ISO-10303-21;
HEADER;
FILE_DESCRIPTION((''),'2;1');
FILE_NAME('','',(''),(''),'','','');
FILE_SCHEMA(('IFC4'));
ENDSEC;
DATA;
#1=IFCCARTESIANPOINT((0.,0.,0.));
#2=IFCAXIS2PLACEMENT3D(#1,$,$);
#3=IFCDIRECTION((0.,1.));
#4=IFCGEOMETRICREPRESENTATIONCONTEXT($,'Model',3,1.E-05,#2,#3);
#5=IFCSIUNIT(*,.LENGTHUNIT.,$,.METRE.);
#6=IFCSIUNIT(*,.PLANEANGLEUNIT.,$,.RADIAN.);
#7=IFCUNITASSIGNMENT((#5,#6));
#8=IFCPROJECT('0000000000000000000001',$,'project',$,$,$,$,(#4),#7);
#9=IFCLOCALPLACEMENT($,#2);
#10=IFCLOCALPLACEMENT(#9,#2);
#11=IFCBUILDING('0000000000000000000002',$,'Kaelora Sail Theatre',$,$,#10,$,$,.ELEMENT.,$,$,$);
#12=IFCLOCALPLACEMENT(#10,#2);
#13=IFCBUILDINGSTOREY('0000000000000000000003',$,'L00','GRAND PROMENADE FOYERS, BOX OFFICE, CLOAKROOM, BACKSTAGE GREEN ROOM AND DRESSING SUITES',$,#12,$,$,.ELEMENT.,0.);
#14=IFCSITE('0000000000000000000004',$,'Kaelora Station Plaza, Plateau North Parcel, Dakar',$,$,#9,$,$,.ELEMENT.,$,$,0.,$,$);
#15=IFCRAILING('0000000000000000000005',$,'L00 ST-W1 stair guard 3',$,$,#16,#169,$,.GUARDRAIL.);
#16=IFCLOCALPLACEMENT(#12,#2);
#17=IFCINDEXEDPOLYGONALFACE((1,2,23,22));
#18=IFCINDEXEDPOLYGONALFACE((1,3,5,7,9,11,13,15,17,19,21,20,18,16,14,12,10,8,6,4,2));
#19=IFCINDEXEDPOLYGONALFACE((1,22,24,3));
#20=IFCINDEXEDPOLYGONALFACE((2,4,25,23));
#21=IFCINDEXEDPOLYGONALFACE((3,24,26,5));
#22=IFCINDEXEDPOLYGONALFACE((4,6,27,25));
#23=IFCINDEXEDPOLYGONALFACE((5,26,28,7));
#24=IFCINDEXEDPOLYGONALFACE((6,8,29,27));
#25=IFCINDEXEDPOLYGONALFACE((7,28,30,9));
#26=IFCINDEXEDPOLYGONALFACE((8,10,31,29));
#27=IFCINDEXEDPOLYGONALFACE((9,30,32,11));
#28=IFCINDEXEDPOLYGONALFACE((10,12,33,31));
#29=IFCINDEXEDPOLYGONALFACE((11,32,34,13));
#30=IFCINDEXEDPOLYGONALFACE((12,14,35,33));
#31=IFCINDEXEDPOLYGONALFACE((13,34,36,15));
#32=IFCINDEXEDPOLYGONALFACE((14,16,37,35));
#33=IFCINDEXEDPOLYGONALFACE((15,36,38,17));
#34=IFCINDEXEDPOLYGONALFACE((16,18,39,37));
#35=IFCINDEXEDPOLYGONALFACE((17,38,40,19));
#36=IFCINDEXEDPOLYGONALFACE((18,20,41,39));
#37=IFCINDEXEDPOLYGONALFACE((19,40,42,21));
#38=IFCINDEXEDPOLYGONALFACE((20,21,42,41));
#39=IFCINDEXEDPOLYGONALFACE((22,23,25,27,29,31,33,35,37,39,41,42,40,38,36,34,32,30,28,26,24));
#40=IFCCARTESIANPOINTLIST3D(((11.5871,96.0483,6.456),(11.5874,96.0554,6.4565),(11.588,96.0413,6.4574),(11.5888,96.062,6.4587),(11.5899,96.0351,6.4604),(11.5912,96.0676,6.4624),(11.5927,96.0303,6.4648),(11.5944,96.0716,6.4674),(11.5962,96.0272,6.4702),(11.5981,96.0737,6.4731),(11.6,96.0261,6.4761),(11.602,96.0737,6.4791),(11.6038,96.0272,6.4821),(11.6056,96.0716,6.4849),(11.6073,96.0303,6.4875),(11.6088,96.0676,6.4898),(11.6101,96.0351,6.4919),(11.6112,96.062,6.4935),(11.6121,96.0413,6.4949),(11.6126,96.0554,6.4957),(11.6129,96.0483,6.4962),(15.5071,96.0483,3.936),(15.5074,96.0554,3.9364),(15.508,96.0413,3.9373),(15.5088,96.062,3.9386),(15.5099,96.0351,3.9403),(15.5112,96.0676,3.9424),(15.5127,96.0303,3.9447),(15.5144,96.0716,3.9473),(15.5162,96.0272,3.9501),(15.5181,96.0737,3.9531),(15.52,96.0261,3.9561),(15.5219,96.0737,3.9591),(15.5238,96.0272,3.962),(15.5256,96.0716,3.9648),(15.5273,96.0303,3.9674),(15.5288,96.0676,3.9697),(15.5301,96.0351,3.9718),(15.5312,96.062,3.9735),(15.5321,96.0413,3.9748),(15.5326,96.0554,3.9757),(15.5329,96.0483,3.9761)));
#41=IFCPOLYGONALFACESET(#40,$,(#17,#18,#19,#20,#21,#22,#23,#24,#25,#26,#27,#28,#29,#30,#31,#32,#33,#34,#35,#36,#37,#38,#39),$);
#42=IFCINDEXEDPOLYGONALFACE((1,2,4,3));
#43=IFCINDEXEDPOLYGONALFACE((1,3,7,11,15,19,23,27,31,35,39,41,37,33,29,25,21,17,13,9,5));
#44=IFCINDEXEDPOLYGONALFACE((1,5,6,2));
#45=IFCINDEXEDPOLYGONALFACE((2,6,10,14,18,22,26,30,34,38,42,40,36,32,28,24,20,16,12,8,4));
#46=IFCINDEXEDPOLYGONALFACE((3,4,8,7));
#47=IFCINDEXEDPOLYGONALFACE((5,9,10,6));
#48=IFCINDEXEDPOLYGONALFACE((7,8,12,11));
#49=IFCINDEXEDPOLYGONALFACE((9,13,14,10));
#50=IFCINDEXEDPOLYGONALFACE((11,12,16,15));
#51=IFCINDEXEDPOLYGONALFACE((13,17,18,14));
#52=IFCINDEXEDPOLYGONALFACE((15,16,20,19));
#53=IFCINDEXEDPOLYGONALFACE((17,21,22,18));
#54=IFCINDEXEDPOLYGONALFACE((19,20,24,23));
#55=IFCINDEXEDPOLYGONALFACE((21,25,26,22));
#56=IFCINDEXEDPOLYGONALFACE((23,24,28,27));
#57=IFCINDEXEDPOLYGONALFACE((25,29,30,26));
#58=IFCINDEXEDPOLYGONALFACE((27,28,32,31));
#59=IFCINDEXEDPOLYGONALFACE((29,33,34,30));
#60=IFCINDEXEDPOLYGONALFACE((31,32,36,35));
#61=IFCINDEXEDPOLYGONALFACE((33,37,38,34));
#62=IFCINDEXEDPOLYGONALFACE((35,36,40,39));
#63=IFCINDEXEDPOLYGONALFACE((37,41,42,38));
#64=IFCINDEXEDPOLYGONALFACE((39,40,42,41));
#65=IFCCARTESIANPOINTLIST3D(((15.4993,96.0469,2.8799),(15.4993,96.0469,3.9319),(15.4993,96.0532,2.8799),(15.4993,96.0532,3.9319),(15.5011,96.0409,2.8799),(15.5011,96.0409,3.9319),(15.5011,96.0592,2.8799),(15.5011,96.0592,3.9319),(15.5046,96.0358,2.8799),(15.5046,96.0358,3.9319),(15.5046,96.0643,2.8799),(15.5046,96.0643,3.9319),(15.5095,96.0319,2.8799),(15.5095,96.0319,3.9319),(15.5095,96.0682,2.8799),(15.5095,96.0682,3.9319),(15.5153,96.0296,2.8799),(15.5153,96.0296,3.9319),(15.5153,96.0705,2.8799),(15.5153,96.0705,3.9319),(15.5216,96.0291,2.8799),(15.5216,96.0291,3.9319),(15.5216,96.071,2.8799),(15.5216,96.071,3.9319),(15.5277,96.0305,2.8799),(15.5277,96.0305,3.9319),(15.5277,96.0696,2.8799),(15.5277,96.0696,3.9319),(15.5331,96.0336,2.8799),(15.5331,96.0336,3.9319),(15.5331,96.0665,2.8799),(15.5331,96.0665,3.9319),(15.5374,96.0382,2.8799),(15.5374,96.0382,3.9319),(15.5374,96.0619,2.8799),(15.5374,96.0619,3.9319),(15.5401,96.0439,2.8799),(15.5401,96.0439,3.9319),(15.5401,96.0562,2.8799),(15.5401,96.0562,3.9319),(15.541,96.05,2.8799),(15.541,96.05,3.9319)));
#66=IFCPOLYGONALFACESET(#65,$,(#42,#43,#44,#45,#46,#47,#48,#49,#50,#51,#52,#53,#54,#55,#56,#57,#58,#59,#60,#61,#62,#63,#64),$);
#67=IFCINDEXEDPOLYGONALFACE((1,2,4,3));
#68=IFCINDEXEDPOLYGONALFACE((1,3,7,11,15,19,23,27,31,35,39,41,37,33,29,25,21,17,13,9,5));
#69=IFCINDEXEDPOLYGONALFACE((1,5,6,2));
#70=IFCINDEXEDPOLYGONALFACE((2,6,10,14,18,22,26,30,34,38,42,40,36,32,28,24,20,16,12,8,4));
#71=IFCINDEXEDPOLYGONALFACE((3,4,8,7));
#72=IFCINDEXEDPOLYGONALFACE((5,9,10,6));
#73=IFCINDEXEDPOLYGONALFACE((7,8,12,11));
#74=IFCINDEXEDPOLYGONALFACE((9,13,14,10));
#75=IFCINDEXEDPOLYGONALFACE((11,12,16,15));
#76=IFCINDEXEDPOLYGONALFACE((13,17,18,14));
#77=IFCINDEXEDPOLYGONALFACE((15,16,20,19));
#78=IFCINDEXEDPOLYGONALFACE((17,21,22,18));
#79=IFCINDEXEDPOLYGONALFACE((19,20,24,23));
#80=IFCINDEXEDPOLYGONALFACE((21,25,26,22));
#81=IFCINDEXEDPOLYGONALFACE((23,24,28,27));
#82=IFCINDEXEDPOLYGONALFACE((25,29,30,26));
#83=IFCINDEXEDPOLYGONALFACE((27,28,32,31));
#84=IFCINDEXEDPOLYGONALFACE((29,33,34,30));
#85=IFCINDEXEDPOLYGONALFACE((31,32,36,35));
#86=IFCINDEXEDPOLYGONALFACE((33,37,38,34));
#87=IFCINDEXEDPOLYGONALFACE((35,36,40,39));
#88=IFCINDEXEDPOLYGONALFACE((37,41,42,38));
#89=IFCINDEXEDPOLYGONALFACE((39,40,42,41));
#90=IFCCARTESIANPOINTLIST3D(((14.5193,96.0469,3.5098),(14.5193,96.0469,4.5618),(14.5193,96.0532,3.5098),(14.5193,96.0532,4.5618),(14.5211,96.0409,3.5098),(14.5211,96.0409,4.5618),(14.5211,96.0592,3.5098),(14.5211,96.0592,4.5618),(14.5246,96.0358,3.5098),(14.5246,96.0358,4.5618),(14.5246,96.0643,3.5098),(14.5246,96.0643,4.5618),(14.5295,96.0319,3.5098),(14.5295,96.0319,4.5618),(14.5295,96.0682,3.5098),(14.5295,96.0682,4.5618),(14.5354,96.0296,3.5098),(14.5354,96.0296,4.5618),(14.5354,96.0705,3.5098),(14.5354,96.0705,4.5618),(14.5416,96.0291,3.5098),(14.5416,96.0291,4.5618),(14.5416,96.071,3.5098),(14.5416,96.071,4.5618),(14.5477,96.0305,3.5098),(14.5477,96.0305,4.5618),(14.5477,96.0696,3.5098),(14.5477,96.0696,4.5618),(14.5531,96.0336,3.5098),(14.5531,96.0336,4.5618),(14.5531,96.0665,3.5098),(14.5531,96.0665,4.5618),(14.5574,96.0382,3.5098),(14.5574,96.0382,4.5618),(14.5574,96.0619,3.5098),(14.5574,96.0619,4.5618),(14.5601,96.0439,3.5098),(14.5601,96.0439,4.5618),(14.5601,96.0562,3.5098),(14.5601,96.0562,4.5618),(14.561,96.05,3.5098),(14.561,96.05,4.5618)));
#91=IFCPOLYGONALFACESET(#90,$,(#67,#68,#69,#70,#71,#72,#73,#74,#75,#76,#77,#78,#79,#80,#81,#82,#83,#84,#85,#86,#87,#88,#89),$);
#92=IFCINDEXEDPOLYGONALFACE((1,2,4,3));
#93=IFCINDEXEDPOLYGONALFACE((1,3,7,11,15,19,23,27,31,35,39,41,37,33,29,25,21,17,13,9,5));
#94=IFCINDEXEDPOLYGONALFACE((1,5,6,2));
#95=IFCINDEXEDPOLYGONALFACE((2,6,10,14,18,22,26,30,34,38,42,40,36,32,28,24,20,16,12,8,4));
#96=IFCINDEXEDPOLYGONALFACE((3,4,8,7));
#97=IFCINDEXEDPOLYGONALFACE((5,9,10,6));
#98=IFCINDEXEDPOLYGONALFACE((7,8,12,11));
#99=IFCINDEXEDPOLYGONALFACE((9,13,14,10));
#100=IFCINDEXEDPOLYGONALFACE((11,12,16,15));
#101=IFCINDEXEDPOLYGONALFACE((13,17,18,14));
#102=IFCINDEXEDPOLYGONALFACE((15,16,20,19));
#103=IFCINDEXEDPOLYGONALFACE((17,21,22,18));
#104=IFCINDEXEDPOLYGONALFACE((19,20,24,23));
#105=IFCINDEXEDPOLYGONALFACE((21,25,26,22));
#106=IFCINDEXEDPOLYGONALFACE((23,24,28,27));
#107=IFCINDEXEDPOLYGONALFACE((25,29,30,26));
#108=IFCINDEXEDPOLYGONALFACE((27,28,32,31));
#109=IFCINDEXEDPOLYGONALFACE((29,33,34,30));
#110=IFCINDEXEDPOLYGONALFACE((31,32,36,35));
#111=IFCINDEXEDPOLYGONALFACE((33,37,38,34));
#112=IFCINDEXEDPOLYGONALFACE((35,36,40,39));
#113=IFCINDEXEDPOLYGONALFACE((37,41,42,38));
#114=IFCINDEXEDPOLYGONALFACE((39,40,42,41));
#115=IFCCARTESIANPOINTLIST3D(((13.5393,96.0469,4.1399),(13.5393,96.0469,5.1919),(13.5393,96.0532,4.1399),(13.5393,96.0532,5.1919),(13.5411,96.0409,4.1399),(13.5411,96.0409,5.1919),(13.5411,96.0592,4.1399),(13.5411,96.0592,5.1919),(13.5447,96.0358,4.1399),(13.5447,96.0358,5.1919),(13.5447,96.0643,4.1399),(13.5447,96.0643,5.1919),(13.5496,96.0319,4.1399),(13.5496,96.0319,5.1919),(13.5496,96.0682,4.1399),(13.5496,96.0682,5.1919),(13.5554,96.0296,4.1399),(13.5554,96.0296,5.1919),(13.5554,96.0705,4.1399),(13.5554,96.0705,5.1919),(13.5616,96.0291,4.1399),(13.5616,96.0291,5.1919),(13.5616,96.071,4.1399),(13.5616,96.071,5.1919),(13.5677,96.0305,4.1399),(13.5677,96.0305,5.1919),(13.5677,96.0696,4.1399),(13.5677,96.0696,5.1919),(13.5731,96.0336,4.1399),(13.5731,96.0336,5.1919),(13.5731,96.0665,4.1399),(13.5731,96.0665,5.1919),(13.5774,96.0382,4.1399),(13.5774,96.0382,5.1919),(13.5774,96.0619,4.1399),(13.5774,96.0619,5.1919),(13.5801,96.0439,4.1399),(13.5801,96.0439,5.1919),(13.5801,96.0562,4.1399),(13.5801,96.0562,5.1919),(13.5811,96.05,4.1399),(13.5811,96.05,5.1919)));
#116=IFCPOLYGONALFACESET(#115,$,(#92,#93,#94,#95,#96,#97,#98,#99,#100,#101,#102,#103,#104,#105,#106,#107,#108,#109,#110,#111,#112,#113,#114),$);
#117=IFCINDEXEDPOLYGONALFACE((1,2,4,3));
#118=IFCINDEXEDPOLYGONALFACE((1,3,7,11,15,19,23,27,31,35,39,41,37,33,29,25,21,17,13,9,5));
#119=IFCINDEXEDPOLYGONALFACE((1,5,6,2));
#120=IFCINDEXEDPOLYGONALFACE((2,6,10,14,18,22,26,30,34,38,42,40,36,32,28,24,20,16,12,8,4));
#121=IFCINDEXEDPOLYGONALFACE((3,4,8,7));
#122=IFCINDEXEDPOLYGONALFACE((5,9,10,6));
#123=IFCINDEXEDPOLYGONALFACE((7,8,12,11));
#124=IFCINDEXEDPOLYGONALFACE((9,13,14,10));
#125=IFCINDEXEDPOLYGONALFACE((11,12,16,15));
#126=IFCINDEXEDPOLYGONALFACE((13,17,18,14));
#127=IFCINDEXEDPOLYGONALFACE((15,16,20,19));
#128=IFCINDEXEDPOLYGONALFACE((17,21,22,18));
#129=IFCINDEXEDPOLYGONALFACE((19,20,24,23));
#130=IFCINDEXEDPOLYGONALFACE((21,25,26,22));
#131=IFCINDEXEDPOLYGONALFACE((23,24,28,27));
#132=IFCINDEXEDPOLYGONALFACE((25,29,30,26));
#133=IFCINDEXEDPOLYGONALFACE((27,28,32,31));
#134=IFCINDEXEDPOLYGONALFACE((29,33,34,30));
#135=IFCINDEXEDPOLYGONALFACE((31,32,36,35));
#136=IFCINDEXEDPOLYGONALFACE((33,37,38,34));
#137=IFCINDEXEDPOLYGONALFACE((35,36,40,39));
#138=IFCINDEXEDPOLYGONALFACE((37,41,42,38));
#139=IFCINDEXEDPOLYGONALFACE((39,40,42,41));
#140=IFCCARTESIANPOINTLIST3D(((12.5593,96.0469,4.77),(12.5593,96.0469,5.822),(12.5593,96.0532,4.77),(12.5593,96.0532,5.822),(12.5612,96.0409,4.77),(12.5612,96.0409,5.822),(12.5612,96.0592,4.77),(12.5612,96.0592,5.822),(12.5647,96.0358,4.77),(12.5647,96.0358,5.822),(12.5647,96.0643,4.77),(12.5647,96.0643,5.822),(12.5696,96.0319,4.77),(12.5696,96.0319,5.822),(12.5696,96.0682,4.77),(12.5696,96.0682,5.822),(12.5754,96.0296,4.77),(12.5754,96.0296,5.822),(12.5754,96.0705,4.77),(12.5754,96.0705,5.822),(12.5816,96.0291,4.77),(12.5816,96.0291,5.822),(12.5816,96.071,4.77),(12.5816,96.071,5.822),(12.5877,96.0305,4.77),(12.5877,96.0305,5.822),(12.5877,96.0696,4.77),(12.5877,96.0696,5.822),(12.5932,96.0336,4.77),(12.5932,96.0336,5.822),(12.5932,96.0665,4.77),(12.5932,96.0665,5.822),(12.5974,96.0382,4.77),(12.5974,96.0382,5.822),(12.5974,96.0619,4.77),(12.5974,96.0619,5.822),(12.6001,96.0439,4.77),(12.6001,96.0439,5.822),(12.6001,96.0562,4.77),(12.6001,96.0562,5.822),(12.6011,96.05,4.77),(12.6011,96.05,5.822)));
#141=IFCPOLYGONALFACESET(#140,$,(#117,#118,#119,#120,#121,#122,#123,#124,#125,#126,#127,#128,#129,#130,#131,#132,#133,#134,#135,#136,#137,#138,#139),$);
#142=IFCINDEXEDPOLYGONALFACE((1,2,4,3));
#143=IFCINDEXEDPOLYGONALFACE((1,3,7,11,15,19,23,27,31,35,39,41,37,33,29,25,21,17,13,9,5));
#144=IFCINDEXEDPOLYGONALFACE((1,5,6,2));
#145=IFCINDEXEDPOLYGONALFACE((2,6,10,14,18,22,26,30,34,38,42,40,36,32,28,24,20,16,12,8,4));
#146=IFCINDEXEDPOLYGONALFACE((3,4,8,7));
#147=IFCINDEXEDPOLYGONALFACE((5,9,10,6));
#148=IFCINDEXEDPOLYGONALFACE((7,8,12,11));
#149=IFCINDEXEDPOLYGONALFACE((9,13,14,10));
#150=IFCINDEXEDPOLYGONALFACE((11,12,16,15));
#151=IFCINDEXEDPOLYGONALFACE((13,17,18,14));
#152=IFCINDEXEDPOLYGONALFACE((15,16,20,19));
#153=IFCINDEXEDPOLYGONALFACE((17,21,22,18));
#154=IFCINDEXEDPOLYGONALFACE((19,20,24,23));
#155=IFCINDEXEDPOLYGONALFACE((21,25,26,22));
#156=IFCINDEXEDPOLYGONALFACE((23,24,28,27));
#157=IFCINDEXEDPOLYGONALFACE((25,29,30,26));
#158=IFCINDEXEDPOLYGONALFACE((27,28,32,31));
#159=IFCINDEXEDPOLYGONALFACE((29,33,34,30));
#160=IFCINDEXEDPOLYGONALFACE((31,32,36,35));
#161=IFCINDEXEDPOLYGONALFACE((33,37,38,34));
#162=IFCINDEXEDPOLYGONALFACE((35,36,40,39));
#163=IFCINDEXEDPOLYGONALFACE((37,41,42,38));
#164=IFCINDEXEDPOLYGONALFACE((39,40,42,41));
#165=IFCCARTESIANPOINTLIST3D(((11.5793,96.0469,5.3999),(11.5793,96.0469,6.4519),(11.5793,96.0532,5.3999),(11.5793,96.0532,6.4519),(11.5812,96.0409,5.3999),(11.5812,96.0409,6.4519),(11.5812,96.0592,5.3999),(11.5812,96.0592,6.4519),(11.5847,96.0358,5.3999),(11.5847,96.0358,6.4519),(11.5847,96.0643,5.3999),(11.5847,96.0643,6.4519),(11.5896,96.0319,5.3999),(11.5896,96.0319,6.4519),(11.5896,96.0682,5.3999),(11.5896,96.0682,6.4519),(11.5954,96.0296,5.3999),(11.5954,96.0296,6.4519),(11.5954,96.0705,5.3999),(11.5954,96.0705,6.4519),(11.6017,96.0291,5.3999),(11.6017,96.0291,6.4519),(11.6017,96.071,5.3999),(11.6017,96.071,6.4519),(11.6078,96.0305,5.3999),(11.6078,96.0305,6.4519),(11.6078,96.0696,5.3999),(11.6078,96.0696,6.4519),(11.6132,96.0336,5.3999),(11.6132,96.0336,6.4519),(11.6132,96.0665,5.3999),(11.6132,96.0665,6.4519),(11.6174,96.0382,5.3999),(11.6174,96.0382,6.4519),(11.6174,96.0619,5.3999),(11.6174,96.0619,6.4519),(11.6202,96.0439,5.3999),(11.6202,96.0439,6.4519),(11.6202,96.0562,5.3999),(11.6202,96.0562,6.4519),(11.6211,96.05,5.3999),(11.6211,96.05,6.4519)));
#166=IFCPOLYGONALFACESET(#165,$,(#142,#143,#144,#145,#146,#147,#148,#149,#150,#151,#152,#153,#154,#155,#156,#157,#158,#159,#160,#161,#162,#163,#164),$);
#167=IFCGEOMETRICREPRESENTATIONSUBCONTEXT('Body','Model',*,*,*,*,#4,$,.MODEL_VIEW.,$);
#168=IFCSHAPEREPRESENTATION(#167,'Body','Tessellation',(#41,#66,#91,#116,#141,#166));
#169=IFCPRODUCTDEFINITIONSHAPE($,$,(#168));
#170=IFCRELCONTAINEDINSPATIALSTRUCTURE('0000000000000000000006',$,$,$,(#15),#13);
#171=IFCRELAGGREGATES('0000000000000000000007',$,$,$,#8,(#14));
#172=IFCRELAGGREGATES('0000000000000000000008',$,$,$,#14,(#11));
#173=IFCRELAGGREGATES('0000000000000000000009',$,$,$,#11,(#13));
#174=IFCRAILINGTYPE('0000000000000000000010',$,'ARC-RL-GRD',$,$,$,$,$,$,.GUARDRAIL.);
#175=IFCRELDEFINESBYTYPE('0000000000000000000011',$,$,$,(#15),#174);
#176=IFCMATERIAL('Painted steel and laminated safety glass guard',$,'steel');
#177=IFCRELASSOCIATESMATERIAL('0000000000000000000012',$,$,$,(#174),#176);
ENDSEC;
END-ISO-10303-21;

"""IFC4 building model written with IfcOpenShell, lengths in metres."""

from ifc_helpers import new_model, si_unit, direction, frame, origin, origin_2d, place, context, subcontext, project, spatial, circle, extrude, material, type_object, element, save


model = new_model("IFC4")

# Units and contexts
model_context = context("Model", 3, precision=1e-05, world=origin(), true_north=direction((0.0, 1.0)))
body_context = subcontext(model_context, "Body", "Model", "MODEL_VIEW")
ifc_project = project(units=[si_unit("LENGTHUNIT", "METRE"), si_unit("PLANEANGLEUNIT", "RADIAN")], contexts=[model_context])

# Site, building, storey
site_placement = place(None, origin())
site = spatial("IfcSite", under=ifc_project, at=site_placement, Name="Kaelora Station Plaza, Plateau North Parcel, Dakar", CompositionType="ELEMENT", RefElevation=0.0)
building_placement = place(site_placement, origin())
building = spatial("IfcBuilding", under=site, at=building_placement, Name="Kaelora Sail Theatre", CompositionType="ELEMENT")
storey_placement = place(building_placement, origin())
storey = spatial("IfcBuildingStorey", under=building, at=storey_placement, Name="L00", Description="GRAND PROMENADE FOYERS, BOX OFFICE, CLOAKROOM, BACKSTAGE GREEN ROOM AND DRESSING SUITES", CompositionType="ELEMENT", Elevation=0.0)

# Railing
ifc_material_1 = material(Name="Painted steel and laminated safety glass guard", Category="steel")
railing_type_1 = type_object("IfcRailingType", Name="ARC-RL-GRD", PredefinedType="GUARDRAIL", material=ifc_material_1)
railing_1_placement = place(storey_placement, frame((15.52, 96.05, 2.8799)))
element("IfcRailing", 1, at=railing_1_placement, inside=storey, type_object=railing_type_1, Name="L00 ST-W1 stair guard 3", PredefinedType="GUARDRAIL", context=body_context, shape_type="SweptSolid", body=[
    extrude(circle(Radius=0.0239, at=origin_2d()), frame((0.0, 0.0, 1.0762), z_axis=(-0.841172, 0.0, 0.540768), x_axis=(0.0, -1.0, 0.0)), (0.0, 0.0, 1.0), 4.6602),
    extrude(circle(Radius=0.021, at=origin_2d()), origin(), (0.0, 0.0, 1.0), 1.052),
    extrude(circle(Radius=0.021, at=origin_2d()), frame((-0.98, 0.0, 0.6299)), (0.0, 0.0, 1.0), 1.052),
    extrude(circle(Radius=0.021, at=origin_2d()), frame((-1.96, 0.0, 1.26)), (0.0, 0.0, 1.0), 1.052),
    extrude(circle(Radius=0.021, at=origin_2d()), frame((-2.9399, 0.0, 1.8901)), (0.0, 0.0, 1.0), 1.052),
    extrude(circle(Radius=0.021, at=origin_2d()), frame((-3.9199, 0.0, 2.52)), (0.0, 0.0, 1.0), 1.052),
])

save(model, "model.ifc")
